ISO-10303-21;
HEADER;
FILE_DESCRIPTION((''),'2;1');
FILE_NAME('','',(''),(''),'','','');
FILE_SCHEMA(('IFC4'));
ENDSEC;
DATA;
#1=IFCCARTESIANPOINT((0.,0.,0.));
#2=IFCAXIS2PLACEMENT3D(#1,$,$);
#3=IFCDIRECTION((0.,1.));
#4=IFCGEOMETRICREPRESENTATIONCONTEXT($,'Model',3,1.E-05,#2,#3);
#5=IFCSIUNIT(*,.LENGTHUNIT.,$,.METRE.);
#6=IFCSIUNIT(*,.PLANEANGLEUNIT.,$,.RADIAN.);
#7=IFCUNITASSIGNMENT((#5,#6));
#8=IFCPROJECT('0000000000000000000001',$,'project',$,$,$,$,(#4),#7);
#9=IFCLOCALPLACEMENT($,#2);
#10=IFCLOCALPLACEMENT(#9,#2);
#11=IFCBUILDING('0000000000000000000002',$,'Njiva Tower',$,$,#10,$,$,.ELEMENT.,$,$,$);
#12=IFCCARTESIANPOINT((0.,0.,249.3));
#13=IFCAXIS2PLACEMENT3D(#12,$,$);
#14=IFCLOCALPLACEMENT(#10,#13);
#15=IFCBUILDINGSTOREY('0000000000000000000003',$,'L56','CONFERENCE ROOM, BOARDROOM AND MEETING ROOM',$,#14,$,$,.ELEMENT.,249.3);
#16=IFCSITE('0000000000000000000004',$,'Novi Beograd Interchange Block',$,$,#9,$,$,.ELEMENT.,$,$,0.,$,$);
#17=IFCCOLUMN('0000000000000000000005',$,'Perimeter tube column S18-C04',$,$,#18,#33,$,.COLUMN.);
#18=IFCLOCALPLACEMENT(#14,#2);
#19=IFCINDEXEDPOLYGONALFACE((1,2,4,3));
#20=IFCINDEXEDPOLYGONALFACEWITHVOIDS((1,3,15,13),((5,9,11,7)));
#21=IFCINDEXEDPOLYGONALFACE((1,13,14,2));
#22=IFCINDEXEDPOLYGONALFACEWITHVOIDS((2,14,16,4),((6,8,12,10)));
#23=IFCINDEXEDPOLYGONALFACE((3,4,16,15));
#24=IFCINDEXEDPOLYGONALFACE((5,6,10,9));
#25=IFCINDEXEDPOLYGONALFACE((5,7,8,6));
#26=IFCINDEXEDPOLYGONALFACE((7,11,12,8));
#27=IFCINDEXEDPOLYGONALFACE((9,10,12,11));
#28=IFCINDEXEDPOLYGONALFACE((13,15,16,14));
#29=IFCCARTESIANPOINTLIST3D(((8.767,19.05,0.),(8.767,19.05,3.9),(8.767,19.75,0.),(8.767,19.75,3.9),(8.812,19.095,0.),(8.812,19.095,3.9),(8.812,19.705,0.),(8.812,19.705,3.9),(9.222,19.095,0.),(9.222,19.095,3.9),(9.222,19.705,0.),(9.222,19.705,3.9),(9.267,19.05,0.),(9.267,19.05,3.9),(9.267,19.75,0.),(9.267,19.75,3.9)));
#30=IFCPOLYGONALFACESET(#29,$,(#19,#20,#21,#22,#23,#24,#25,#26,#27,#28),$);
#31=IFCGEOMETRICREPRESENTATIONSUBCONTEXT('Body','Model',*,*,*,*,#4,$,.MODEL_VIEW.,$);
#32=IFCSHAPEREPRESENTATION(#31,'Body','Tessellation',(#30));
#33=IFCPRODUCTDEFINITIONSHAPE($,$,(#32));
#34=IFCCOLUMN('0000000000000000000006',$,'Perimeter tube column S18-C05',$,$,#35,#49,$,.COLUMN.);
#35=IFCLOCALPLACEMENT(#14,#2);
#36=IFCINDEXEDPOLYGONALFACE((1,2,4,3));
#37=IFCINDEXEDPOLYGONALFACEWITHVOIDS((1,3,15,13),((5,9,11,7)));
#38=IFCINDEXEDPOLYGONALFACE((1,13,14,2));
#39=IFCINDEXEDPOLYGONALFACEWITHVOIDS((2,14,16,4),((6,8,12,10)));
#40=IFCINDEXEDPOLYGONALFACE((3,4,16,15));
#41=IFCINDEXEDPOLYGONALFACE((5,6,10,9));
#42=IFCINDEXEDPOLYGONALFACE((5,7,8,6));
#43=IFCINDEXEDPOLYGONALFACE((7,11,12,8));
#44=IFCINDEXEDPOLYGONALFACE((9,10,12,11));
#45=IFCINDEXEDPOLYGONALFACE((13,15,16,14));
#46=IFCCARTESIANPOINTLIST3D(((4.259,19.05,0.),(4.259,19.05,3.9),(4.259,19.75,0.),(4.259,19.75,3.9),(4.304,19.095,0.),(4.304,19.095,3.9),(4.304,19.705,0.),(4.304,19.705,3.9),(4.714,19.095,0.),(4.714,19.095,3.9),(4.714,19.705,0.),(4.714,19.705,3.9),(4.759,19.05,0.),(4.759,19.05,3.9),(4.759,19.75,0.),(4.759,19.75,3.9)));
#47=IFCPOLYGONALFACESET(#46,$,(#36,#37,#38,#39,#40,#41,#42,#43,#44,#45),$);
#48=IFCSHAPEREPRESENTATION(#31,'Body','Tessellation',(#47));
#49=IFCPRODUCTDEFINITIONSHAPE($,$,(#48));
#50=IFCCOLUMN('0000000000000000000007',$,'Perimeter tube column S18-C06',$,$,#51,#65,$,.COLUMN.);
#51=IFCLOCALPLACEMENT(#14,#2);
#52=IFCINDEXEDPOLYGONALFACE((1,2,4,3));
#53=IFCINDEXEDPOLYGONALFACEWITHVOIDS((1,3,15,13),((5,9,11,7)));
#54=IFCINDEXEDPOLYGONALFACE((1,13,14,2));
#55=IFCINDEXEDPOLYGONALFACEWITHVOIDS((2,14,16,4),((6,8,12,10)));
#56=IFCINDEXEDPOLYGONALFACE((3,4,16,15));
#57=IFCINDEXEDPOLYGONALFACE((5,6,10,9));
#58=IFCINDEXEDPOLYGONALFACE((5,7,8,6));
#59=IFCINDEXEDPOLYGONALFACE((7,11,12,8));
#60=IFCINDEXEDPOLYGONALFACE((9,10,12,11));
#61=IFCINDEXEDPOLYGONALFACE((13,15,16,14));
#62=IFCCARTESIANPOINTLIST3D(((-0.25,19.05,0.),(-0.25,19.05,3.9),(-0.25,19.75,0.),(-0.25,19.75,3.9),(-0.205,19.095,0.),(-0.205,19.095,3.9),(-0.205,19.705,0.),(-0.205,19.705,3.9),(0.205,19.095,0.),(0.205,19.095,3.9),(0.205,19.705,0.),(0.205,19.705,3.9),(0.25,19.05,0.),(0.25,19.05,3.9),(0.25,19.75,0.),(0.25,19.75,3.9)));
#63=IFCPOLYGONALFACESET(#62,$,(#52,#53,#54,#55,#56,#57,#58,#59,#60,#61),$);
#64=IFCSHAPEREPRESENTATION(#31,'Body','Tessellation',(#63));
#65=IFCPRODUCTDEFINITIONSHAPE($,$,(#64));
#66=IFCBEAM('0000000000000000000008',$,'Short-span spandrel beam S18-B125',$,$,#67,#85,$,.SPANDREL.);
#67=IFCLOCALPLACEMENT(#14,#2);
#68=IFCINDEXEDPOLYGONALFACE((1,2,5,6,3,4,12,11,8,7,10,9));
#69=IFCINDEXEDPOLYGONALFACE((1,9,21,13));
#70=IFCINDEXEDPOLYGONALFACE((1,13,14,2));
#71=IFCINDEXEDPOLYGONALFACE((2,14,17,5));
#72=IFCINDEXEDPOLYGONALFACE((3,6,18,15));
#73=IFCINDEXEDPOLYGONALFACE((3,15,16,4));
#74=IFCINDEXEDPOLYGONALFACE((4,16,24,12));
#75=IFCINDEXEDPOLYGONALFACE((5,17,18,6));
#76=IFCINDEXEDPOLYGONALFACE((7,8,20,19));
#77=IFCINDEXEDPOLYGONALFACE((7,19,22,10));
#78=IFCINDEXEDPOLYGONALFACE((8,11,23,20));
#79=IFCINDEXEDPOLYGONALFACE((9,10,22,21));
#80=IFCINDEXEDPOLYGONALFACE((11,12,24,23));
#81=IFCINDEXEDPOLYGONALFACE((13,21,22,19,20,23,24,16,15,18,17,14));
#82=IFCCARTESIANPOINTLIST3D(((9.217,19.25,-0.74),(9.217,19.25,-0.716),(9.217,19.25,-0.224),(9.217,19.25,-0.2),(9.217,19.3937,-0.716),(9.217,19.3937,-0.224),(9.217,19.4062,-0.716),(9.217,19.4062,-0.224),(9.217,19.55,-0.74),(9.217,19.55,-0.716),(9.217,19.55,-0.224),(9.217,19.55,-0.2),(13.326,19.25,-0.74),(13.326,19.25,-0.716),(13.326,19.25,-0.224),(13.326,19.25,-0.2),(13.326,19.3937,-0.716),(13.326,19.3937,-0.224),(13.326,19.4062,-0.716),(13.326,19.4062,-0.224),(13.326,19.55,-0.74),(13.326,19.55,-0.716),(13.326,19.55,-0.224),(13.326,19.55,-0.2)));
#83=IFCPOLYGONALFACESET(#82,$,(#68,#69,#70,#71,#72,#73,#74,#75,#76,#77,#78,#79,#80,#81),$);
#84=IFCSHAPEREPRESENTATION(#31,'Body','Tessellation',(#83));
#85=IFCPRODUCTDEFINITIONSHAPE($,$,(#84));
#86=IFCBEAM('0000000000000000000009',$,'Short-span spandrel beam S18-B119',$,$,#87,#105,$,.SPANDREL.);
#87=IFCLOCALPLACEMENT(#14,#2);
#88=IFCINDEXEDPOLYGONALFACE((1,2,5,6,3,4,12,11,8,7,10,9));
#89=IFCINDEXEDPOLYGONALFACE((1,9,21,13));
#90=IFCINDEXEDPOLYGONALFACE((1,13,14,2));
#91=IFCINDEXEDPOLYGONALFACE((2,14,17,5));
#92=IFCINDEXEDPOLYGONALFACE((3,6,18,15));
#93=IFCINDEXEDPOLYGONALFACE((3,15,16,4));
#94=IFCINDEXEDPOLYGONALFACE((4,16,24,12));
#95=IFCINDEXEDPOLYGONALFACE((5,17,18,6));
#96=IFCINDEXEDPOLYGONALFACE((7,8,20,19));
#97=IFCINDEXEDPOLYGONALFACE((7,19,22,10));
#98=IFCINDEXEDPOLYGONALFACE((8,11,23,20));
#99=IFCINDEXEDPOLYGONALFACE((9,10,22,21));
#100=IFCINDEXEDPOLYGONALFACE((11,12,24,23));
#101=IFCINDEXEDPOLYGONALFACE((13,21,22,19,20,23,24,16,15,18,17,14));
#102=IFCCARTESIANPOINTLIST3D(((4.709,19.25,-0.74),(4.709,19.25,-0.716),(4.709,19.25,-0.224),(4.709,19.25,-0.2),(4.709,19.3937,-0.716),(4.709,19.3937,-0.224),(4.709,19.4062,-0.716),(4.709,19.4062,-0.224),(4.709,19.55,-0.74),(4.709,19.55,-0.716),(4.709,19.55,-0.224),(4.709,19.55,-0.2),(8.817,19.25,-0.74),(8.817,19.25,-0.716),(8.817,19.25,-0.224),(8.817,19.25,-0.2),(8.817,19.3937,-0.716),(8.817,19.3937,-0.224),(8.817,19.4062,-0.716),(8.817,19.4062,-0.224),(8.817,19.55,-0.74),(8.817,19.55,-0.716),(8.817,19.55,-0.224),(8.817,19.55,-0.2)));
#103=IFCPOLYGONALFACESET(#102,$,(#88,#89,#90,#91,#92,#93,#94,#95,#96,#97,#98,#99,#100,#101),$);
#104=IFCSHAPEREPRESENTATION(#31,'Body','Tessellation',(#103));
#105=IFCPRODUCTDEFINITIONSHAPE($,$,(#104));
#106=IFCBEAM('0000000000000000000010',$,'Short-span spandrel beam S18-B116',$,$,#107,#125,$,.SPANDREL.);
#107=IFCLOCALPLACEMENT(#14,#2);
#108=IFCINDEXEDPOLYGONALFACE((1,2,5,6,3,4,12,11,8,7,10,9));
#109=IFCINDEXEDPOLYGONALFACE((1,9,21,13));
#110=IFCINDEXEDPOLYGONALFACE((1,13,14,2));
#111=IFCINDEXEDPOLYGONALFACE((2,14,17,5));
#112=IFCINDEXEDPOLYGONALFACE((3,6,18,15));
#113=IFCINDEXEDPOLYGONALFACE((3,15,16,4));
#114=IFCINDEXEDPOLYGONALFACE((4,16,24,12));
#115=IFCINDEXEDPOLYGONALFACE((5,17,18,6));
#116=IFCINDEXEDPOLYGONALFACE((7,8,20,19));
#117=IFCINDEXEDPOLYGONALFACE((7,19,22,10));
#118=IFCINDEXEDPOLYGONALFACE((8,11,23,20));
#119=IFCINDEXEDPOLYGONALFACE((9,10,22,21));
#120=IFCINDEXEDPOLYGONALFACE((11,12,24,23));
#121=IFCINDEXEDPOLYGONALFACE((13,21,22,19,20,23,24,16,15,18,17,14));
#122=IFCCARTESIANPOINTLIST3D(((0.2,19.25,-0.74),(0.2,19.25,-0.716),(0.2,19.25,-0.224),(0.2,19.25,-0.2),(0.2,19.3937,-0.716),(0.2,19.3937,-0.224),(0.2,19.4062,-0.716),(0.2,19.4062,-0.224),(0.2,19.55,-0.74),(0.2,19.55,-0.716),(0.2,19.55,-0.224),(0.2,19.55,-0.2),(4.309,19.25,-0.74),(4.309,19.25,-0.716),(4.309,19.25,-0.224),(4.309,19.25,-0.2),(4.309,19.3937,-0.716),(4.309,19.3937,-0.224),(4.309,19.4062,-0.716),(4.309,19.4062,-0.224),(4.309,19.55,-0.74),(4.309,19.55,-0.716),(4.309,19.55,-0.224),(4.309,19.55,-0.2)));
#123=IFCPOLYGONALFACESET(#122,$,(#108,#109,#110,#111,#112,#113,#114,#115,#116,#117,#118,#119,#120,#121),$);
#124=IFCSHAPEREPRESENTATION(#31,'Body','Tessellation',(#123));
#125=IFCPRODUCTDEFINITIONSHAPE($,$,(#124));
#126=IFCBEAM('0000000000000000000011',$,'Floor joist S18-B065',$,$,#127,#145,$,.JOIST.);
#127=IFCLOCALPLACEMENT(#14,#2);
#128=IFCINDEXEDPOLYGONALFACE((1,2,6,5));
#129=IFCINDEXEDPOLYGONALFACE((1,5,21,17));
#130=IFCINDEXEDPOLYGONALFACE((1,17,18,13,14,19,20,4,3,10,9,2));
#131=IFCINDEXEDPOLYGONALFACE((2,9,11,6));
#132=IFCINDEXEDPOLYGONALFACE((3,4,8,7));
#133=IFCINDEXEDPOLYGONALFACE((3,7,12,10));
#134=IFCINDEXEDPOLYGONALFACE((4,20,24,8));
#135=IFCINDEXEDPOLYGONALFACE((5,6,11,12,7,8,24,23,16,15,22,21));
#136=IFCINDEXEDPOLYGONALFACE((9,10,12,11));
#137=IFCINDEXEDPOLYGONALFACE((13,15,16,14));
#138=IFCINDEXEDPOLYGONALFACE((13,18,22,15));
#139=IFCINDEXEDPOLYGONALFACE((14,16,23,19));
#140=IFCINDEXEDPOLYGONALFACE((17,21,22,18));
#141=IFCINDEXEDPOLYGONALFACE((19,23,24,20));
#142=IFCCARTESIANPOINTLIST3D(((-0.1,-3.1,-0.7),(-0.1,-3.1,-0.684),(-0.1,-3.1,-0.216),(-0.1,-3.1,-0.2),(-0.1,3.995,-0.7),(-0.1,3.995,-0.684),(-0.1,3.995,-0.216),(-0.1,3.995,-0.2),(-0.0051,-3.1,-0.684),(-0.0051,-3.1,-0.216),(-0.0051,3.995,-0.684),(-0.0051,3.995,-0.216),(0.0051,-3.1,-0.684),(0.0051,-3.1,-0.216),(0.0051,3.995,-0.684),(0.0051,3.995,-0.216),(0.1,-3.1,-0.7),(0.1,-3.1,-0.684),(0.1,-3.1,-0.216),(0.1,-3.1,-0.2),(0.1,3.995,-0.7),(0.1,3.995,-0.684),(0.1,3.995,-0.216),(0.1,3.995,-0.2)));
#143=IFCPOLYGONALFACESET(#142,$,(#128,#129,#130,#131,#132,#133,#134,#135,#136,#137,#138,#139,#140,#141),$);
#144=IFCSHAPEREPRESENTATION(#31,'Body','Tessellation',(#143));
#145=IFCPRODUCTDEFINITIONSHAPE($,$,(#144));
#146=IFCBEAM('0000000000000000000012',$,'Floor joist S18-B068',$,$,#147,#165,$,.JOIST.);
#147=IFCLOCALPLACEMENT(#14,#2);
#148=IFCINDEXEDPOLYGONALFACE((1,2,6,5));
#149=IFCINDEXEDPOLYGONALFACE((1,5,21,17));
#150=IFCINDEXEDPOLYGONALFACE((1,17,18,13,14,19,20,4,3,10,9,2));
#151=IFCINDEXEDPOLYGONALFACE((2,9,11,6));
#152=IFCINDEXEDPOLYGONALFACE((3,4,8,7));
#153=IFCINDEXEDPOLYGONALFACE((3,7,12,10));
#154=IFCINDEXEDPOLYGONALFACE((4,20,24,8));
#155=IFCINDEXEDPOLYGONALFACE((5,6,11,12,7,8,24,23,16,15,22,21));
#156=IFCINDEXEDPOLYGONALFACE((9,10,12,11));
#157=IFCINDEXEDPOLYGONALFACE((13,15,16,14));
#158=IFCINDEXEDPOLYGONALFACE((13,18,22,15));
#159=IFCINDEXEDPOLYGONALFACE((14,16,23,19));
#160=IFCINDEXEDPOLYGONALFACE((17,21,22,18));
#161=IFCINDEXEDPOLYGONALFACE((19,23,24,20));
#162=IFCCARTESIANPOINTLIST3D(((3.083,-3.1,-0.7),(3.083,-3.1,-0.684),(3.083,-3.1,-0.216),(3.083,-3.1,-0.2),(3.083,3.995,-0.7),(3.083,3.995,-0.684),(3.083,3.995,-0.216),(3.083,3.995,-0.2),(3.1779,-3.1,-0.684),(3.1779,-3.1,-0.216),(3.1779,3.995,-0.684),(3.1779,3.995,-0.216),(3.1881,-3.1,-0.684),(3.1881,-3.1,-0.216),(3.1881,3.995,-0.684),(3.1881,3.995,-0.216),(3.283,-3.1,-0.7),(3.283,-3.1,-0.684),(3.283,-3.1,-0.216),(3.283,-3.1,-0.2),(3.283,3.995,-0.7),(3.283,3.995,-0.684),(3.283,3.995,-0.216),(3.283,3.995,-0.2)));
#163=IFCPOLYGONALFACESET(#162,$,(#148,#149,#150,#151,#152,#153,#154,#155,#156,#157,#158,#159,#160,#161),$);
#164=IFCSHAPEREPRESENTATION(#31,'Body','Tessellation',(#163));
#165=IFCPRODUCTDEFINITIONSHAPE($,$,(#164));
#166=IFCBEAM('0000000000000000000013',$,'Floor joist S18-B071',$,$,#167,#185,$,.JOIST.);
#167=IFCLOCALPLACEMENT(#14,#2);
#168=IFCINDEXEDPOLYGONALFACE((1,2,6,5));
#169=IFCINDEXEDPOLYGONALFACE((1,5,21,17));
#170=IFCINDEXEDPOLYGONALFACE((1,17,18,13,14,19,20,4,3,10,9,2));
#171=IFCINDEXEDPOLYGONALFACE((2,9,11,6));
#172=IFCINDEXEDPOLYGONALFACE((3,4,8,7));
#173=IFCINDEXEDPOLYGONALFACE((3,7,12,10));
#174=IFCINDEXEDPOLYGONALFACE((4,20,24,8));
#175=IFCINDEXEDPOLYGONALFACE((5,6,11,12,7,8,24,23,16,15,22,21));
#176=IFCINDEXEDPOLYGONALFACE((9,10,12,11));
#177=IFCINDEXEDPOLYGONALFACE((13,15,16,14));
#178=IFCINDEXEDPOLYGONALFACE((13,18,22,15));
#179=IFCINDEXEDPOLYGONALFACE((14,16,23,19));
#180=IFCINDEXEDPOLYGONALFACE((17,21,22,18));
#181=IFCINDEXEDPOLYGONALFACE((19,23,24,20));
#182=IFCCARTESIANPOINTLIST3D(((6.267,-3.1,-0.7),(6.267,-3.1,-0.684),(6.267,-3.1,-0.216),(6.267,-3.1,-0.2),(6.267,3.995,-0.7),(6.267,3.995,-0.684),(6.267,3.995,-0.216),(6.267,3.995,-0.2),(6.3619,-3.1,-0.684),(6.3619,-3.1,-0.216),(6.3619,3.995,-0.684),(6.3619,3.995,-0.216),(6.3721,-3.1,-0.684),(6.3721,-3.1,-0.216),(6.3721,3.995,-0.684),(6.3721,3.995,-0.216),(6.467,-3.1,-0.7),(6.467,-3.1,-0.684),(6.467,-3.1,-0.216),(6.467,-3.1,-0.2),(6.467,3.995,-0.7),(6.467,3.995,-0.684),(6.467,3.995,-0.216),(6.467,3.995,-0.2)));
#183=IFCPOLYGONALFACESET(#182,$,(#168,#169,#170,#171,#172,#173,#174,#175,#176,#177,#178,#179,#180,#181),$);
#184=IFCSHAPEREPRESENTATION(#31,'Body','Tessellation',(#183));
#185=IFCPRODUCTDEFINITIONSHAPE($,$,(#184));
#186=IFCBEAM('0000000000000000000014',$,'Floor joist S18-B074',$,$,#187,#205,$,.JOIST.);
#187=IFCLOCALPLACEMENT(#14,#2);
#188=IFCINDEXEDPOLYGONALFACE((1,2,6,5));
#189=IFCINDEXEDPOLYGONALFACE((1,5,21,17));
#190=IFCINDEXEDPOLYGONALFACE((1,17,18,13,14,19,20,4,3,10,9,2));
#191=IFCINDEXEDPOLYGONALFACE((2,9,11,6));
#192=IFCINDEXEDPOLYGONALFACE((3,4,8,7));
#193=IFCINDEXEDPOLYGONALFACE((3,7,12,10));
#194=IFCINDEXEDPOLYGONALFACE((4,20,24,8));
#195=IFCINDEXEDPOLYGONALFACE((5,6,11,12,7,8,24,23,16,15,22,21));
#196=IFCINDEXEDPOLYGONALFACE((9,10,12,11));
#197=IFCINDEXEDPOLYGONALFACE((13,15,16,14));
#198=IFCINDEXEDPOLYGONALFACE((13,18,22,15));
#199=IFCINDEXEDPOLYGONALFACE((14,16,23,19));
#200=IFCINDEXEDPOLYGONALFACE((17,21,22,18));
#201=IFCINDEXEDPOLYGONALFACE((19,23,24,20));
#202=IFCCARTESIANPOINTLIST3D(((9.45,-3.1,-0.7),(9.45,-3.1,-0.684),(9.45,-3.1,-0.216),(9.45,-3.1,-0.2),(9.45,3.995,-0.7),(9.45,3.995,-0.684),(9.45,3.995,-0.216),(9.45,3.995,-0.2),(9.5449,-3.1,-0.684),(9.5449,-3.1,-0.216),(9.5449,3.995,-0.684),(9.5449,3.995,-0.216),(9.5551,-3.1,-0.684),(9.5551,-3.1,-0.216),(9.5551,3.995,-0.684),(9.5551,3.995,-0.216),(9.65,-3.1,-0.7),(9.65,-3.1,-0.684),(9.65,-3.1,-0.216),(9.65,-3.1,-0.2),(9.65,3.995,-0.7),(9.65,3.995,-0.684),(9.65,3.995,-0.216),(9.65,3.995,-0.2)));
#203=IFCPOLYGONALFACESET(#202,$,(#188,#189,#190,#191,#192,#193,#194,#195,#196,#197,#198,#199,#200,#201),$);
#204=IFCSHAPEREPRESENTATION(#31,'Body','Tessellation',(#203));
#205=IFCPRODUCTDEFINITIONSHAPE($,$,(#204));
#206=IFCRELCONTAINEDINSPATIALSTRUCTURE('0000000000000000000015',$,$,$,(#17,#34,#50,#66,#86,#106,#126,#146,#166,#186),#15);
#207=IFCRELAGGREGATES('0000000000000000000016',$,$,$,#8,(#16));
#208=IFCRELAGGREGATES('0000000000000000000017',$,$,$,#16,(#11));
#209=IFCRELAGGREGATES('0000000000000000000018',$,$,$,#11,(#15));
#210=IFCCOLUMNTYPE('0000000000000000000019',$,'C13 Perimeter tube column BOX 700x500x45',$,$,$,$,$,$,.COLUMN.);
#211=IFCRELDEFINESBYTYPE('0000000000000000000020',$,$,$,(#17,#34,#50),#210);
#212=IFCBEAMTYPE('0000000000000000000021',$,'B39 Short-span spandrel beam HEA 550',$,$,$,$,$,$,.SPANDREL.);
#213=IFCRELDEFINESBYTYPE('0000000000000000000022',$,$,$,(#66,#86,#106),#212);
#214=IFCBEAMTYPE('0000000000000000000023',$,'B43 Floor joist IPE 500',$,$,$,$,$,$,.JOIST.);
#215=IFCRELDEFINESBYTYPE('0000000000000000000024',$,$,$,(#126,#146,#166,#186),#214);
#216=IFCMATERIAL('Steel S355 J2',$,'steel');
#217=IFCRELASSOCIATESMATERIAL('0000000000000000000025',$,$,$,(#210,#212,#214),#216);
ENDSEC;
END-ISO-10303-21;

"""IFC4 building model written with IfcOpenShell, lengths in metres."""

from ifc_helpers import new_model, si_unit, direction, frame, origin, origin_2d, place, context, subcontext, project, spatial, hollow_rectangle, i_section, extrude, material, material_profile, profile_set, type_object, element, save


model = new_model("IFC4")

# Units and contexts
model_context = context("Model", 3, precision=1e-05, world=origin(), true_north=direction((0.0, 1.0)))
body_context = subcontext(model_context, "Body", "Model", "MODEL_VIEW")
ifc_project = project(units=[si_unit("LENGTHUNIT", "METRE"), si_unit("PLANEANGLEUNIT", "RADIAN")], contexts=[model_context])

# Site, building, storey
site_placement = place(None, origin())
site = spatial("IfcSite", under=ifc_project, at=site_placement, Name="Novi Beograd Interchange Block", CompositionType="ELEMENT", RefElevation=0.0)
building_placement = place(site_placement, origin())
building = spatial("IfcBuilding", under=site, at=building_placement, Name="Njiva Tower", CompositionType="ELEMENT")
storey_placement = place(building_placement, frame((0.0, 0.0, 249.3)))
storey = spatial("IfcBuildingStorey", under=building, at=storey_placement, Name="L56", Description="CONFERENCE ROOM, BOARDROOM AND MEETING ROOM", CompositionType="ELEMENT", Elevation=249.3)

# Columns
ifc_material_1 = material(Name="Steel S355 J2", Category="steel")
ifc_material_profile_1 = material_profile(ifc_material_1, hollow_rectangle(XDim=0.5, YDim=0.7, WallThickness=0.045, at=origin_2d()), Name="BOX 700x500x45")
ifc_profile_set_1 = profile_set([ifc_material_profile_1], Name="Steel S355 J2")
column_type = type_object("IfcColumnType", Name="C13 Perimeter tube column BOX 700x500x45", PredefinedType="COLUMN", material=ifc_profile_set_1)
for number, where, z_axis, x_axis, name in (
    (1, (9.017, 19.4, 0.0), (0.0, 0.0, 1.0), (-1.0, 0.0, 0.0), "Perimeter tube column S18-C04"),
    (2, (4.509, 19.4, 0.0), (0.0, 0.0, 1.0), (-1.0, 0.0, 0.0), "Perimeter tube column S18-C05"),
    (3, (0.0, 19.4, 0.0), (0.0, 0.0, 1.0), (-1.0, 0.0, 0.0), "Perimeter tube column S18-C06"),
):
    element("IfcColumn", number, at=place(storey_placement, frame(where, z_axis=z_axis, x_axis=x_axis)), inside=storey, type_object=column_type, Name=name, PredefinedType="COLUMN", context=body_context, shape_type="SweptSolid", body=[
        extrude(hollow_rectangle(XDim=0.5, YDim=0.7, WallThickness=0.045, at=origin_2d()), origin(), (0.0, 0.0, 1.0), 3.9),
    ])

# Beams
ifc_material_profile_2 = material_profile(ifc_material_1, i_section(OverallWidth=0.3, OverallDepth=0.54, WebThickness=0.0125, FlangeThickness=0.024, at=origin_2d()), Name="HEA 550")
ifc_profile_set_2 = profile_set([ifc_material_profile_2], Name="Steel S355 J2")
beam_type_1 = type_object("IfcBeamType", Name="B39 Short-span spandrel beam HEA 550", PredefinedType="SPANDREL", material=ifc_profile_set_2)
beam_1_placement = place(storey_placement, frame((13.326, 19.4, -0.47), z_axis=(-1.0, 0.0, 0.0), x_axis=(0.0, -1.0, 0.0)))
element("IfcBeam", 4, at=beam_1_placement, inside=storey, type_object=beam_type_1, Name="Short-span spandrel beam S18-B125", PredefinedType="SPANDREL", context=body_context, shape_type="SweptSolid", body=[
    extrude(i_section(OverallWidth=0.3, OverallDepth=0.54, WebThickness=0.0125, FlangeThickness=0.024, at=origin_2d()), origin(), (0.0, 0.0, 1.0), 4.109),
])
beam_2_placement = place(storey_placement, frame((8.817, 19.4, -0.47), z_axis=(-1.0, 0.0, 0.0), x_axis=(0.0, -1.0, 0.0)))
element("IfcBeam", 5, at=beam_2_placement, inside=storey, type_object=beam_type_1, Name="Short-span spandrel beam S18-B119", PredefinedType="SPANDREL", context=body_context, shape_type="SweptSolid", body=[
    extrude(i_section(OverallWidth=0.3, OverallDepth=0.54, WebThickness=0.0125, FlangeThickness=0.024, at=origin_2d()), origin(), (0.0, 0.0, 1.0), 4.108),
])
beam_3_placement = place(storey_placement, frame((4.309, 19.4, -0.47), z_axis=(-1.0, 0.0, 0.0), x_axis=(0.0, -1.0, 0.0)))
element("IfcBeam", 6, at=beam_3_placement, inside=storey, type_object=beam_type_1, Name="Short-span spandrel beam S18-B116", PredefinedType="SPANDREL", context=body_context, shape_type="SweptSolid", body=[
    extrude(i_section(OverallWidth=0.3, OverallDepth=0.54, WebThickness=0.0125, FlangeThickness=0.024, at=origin_2d()), origin(), (0.0, 0.0, 1.0), 4.109),
])
ifc_material_profile_3 = material_profile(ifc_material_1, i_section(OverallWidth=0.2, OverallDepth=0.5, WebThickness=0.0102, FlangeThickness=0.016, at=origin_2d()), Name="IPE 500")
ifc_profile_set_3 = profile_set([ifc_material_profile_3], Name="Steel S355 J2")
beam_type_2 = type_object("IfcBeamType", Name="B43 Floor joist IPE 500", PredefinedType="JOIST", material=ifc_profile_set_3)
for number, where, z_axis, x_axis, name in (
    (7, (0.0, 3.995, -0.45), (0.0, -1.0, 0.0), (1.0, 0.0, 0.0), "Floor joist S18-B065"),
    (8, (3.183, 3.995, -0.45), (0.0, -1.0, 0.0), (1.0, 0.0, 0.0), "Floor joist S18-B068"),
    (9, (6.367, 3.995, -0.45), (0.0, -1.0, 0.0), (1.0, 0.0, 0.0), "Floor joist S18-B071"),
    (10, (9.55, 3.995, -0.45), (0.0, -1.0, 0.0), (1.0, 0.0, 0.0), "Floor joist S18-B074"),
):
    element("IfcBeam", number, at=place(storey_placement, frame(where, z_axis=z_axis, x_axis=x_axis)), inside=storey, type_object=beam_type_2, Name=name, PredefinedType="JOIST", context=body_context, shape_type="SweptSolid", body=[
        extrude(i_section(OverallWidth=0.2, OverallDepth=0.5, WebThickness=0.0102, FlangeThickness=0.016, at=origin_2d()), origin(), (0.0, 0.0, 1.0), 7.095),
    ])

save(model, "model.ifc")
